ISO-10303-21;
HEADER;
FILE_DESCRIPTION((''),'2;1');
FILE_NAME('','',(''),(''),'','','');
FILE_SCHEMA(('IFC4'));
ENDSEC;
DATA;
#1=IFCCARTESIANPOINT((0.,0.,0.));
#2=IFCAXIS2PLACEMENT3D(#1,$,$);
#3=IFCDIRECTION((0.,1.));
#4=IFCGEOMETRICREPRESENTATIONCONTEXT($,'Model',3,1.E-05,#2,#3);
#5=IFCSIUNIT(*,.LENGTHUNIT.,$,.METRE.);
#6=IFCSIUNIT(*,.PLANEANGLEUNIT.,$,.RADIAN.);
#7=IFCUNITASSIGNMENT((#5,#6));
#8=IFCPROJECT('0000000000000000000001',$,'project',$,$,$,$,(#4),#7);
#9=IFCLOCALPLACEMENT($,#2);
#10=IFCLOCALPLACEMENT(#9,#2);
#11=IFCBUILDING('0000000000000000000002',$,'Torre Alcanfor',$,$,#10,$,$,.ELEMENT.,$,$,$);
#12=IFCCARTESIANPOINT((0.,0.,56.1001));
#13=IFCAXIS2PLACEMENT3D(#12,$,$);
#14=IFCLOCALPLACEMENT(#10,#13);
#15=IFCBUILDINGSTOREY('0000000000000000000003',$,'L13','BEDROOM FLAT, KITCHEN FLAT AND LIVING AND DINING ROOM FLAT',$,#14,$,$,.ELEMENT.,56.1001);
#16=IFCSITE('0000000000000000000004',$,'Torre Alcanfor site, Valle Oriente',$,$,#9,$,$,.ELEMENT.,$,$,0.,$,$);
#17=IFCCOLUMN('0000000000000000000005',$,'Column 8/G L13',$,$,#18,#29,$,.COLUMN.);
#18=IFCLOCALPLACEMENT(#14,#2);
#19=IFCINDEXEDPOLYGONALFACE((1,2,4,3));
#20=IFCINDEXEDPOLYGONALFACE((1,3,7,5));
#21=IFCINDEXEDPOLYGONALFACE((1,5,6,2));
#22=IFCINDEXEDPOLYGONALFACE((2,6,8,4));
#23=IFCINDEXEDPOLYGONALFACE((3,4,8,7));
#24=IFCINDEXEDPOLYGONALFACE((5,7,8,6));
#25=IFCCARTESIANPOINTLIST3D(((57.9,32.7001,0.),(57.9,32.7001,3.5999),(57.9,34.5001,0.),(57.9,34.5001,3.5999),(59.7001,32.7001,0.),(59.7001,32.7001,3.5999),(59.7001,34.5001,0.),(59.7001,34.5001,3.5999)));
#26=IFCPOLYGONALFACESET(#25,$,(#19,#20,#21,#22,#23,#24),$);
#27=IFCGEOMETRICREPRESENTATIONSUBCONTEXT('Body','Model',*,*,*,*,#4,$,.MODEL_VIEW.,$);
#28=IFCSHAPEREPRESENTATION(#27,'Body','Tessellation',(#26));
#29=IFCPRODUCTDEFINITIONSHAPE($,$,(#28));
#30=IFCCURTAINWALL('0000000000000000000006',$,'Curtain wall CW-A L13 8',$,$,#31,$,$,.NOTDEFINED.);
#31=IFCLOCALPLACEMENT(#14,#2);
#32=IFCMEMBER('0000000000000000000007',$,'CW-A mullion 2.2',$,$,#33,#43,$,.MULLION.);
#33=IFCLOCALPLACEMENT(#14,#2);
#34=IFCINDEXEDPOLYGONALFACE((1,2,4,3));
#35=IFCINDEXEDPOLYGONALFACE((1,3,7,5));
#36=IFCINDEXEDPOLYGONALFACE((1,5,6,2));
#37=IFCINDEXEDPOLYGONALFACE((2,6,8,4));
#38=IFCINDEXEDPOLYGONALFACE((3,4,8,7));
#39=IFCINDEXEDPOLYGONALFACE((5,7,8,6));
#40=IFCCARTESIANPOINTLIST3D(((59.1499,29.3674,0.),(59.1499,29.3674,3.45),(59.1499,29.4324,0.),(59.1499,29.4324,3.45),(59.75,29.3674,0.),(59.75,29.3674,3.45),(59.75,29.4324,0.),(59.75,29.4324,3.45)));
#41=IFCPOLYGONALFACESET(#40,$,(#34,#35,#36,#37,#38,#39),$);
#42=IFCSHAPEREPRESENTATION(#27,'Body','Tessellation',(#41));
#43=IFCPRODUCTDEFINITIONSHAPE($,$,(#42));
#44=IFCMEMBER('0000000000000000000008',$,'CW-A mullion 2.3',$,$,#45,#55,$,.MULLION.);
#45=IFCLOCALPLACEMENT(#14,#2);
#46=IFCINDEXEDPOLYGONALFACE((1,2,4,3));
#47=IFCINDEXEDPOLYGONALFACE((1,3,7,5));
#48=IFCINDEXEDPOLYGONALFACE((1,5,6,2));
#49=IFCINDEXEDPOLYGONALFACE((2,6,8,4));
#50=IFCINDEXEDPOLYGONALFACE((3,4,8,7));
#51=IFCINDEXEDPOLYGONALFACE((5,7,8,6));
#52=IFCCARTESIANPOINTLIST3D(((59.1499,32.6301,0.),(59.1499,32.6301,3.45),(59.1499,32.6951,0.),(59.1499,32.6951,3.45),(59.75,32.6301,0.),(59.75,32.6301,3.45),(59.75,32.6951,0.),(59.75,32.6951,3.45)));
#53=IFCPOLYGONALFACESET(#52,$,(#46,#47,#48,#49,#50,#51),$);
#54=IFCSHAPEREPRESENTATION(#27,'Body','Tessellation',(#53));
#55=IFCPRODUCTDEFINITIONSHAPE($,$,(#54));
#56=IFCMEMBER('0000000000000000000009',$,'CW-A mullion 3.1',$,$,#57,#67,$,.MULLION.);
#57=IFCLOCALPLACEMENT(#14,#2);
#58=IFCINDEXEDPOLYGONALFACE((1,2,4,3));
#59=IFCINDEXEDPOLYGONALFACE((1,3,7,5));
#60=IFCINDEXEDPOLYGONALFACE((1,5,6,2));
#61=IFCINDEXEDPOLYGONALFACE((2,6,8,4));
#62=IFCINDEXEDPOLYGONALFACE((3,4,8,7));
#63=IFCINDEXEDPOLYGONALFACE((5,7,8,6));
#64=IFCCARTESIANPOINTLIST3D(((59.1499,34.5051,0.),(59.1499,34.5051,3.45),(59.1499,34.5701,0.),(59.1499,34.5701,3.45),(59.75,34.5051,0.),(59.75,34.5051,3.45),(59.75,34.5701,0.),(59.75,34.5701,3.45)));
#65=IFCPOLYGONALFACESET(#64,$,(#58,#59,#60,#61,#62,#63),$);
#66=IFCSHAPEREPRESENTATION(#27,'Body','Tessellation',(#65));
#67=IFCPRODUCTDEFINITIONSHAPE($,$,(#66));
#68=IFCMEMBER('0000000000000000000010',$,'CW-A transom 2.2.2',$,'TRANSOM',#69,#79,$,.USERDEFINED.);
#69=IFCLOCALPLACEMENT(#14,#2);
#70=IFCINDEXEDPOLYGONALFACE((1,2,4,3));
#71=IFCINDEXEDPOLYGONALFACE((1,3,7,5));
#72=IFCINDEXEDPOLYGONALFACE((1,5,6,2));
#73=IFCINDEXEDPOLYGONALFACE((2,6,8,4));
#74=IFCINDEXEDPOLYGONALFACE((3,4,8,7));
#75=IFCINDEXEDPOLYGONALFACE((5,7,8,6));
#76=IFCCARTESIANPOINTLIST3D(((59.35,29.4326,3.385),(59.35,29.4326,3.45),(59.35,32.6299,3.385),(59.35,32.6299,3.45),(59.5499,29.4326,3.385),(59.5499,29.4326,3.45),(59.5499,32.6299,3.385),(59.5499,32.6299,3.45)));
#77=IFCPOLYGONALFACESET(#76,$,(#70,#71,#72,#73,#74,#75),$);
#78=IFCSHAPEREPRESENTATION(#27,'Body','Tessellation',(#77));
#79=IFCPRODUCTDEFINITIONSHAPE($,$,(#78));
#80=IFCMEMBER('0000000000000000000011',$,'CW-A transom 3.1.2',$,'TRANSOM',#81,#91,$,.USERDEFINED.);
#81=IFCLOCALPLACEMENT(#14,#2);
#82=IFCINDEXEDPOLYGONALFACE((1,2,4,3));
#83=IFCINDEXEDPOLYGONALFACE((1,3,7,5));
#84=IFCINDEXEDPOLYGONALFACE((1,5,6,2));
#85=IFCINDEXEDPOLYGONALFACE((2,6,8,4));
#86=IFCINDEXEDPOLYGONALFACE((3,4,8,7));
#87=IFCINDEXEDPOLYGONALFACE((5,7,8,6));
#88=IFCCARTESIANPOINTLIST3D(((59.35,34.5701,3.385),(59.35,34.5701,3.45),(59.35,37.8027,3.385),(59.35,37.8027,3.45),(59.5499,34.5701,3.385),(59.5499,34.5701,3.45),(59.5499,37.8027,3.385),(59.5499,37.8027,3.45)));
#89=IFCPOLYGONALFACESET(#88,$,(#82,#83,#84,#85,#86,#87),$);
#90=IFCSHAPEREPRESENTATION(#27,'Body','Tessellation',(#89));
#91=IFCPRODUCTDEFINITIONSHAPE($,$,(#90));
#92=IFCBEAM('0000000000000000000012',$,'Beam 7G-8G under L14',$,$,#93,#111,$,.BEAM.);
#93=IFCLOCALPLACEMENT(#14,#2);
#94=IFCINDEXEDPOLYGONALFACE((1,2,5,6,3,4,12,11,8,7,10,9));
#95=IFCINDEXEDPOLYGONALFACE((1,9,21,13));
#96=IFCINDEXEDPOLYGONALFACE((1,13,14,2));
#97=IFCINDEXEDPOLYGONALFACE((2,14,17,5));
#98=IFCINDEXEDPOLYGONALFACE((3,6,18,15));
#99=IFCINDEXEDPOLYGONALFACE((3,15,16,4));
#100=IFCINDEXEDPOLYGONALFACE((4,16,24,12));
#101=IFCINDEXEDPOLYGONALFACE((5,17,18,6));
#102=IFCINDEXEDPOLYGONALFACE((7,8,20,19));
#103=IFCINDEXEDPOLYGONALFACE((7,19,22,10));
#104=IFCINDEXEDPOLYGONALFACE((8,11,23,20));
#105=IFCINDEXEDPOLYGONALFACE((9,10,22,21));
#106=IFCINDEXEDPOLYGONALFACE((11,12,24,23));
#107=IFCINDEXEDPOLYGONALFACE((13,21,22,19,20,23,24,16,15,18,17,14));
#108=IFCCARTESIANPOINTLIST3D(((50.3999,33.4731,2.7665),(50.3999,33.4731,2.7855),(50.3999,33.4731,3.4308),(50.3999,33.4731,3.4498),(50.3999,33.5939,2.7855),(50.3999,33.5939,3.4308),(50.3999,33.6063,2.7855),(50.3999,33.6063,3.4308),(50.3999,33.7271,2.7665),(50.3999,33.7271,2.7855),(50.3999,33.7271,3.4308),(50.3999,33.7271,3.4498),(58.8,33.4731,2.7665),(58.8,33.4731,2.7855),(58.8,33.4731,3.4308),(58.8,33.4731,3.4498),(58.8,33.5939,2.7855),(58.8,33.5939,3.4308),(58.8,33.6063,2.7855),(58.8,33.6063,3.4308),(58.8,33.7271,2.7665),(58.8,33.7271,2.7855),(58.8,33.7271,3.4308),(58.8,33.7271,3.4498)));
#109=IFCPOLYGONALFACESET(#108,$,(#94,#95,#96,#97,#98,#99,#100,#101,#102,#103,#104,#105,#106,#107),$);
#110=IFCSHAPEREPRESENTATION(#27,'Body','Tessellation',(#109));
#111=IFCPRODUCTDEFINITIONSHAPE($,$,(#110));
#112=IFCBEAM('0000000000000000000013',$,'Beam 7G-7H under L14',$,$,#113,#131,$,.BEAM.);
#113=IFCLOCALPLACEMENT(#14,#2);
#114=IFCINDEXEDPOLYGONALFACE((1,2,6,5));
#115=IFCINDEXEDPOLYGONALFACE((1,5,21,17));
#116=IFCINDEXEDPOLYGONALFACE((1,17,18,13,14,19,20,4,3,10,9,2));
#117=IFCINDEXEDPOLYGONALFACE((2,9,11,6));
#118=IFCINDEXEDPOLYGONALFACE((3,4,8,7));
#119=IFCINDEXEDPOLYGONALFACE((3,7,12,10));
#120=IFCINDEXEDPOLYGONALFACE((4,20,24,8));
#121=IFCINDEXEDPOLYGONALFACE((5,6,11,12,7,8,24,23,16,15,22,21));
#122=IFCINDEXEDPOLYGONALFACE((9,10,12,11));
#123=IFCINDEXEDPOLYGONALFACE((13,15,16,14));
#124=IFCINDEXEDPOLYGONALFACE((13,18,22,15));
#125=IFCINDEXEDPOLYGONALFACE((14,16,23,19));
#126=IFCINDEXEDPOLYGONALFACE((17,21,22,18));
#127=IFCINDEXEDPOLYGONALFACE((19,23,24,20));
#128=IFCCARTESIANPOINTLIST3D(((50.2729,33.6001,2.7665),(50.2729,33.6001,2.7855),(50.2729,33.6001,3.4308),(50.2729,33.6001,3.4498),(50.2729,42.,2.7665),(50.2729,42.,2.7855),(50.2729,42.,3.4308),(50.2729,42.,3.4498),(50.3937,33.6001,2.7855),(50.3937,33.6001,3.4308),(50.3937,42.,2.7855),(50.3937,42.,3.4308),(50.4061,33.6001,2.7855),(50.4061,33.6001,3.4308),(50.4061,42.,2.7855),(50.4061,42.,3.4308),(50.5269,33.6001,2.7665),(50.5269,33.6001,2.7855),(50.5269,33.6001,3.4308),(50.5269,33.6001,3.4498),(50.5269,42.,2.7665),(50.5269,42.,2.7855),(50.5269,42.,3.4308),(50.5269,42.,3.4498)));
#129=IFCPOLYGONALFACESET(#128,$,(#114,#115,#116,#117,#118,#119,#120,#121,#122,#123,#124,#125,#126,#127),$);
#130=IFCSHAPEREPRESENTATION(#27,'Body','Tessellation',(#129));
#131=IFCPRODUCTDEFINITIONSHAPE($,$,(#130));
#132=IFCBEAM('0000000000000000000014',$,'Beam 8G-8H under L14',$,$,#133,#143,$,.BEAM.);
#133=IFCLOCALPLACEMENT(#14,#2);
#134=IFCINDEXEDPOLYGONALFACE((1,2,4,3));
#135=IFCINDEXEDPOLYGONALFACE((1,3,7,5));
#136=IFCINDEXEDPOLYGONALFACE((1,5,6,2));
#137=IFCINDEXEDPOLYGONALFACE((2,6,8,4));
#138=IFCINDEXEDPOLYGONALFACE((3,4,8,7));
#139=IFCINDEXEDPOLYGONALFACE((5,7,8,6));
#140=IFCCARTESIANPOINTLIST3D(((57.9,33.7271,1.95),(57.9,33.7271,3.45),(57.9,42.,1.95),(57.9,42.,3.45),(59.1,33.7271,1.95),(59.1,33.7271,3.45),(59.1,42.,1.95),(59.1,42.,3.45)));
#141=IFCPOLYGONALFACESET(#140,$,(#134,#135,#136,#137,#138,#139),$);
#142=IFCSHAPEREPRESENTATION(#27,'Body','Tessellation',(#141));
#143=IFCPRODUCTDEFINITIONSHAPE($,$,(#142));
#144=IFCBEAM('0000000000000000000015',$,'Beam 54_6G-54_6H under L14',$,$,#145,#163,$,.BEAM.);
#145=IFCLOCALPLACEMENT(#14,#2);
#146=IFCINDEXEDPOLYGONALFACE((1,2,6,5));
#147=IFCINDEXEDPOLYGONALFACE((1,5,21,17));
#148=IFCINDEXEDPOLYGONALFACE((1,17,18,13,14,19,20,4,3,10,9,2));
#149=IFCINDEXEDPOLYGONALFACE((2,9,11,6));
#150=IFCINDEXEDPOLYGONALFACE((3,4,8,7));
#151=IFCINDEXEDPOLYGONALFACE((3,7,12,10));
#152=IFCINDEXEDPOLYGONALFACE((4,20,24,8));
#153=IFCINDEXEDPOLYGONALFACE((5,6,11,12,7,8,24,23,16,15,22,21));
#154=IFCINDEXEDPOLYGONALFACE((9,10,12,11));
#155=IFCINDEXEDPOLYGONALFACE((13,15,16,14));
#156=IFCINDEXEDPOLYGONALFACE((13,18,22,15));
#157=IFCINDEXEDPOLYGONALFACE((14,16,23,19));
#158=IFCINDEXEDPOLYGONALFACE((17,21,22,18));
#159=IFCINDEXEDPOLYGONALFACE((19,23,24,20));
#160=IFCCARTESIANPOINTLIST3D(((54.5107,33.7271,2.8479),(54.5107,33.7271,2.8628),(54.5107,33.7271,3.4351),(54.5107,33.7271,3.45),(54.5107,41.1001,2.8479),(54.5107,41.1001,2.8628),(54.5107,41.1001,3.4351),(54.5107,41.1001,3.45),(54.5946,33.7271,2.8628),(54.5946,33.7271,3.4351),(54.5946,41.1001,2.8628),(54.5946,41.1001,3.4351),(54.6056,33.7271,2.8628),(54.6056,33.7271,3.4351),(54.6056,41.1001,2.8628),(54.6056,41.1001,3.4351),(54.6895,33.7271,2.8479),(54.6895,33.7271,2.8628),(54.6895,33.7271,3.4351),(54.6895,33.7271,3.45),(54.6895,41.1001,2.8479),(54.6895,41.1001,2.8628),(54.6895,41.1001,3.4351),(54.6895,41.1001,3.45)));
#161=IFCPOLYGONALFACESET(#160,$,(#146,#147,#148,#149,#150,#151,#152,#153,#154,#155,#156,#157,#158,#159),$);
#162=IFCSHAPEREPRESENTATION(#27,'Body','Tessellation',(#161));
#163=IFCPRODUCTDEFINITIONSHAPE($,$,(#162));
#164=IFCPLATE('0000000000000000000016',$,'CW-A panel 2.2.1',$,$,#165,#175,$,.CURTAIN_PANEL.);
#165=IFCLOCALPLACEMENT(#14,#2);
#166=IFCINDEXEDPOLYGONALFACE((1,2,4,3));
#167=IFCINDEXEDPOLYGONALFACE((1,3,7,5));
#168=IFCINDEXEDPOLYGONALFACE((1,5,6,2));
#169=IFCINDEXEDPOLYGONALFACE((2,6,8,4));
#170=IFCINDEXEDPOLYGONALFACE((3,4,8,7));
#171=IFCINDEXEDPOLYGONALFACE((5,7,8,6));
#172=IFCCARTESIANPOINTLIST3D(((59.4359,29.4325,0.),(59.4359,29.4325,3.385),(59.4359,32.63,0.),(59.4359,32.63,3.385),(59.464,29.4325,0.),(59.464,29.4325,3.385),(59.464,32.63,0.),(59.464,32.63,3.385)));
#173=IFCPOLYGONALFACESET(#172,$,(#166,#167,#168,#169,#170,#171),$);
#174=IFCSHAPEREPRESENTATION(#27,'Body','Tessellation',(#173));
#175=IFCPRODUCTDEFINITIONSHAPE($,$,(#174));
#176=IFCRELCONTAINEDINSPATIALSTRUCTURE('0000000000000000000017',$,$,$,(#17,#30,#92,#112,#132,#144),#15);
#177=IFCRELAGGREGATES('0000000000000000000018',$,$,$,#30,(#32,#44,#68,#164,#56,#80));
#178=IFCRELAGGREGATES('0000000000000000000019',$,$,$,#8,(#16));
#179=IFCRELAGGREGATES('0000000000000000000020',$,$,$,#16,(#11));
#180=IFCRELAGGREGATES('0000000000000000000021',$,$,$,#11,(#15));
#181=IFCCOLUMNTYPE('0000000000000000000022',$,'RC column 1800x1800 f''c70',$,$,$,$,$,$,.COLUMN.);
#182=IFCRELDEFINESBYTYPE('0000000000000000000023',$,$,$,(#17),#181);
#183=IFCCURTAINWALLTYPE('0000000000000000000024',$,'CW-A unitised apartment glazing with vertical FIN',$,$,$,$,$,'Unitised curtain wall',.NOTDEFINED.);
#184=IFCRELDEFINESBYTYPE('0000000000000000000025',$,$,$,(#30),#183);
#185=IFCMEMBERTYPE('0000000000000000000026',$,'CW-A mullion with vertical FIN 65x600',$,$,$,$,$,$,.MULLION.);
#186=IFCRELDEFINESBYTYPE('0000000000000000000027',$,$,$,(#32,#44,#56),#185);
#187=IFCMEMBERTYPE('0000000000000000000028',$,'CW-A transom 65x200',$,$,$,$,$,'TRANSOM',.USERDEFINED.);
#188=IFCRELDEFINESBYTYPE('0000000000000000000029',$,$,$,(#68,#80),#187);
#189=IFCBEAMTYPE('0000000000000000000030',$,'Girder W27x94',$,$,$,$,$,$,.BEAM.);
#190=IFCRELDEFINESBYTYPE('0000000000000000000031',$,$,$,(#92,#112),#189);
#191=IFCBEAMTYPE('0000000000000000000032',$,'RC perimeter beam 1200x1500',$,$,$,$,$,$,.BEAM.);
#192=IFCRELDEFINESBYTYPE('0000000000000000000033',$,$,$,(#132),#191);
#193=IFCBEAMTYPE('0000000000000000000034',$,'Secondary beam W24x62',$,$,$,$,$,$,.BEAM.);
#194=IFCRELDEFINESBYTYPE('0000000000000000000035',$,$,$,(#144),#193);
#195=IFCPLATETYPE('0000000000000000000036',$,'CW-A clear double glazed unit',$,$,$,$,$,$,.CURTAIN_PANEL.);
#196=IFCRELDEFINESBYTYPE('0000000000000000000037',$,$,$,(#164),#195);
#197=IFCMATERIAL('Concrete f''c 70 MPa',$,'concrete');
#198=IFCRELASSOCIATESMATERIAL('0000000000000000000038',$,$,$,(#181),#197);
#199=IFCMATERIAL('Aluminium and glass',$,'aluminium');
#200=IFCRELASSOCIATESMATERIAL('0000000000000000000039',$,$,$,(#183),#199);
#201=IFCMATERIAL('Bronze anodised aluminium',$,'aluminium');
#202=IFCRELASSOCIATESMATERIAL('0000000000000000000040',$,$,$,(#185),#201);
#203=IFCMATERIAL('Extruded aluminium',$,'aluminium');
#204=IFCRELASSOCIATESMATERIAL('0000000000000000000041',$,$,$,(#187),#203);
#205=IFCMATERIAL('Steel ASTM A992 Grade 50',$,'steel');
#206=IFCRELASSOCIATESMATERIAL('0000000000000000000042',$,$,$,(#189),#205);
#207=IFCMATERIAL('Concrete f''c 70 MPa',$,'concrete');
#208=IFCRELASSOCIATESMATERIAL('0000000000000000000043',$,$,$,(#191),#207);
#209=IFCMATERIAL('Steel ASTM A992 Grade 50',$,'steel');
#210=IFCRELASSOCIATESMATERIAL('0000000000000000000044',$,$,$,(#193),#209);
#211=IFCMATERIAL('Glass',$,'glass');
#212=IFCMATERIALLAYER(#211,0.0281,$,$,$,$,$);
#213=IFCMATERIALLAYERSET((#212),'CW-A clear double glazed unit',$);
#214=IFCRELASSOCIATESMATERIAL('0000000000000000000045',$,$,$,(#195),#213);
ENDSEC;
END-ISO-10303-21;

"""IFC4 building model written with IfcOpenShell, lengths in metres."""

from ifc_helpers import new_model, si_unit, direction, frame, origin, origin_2d, place, context, subcontext, project, spatial, rectangle, i_section, extrude, material, layer, layer_set, material_profile, profile_set, type_object, element, aggregate, save


model = new_model("IFC4")

# Units and contexts
model_context = context("Model", 3, precision=1e-05, world=origin(), true_north=direction((0.0, 1.0)))
body_context = subcontext(model_context, "Body", "Model", "MODEL_VIEW")
ifc_project = project(units=[si_unit("LENGTHUNIT", "METRE"), si_unit("PLANEANGLEUNIT", "RADIAN")], contexts=[model_context])

# Site, building, storey
site_placement = place(None, origin())
site = spatial("IfcSite", under=ifc_project, at=site_placement, Name="Torre Alcanfor site, Valle Oriente", CompositionType="ELEMENT", RefElevation=0.0)
building_placement = place(site_placement, origin())
building = spatial("IfcBuilding", under=site, at=building_placement, Name="Torre Alcanfor", CompositionType="ELEMENT")
storey_placement = place(building_placement, frame((0.0, 0.0, 56.1001)))
storey = spatial("IfcBuildingStorey", under=building, at=storey_placement, Name="L13", Description="BEDROOM FLAT, KITCHEN FLAT AND LIVING AND DINING ROOM FLAT", CompositionType="ELEMENT", Elevation=56.1001)

# Column
ifc_material_1 = material(Name="Concrete f'c 70 MPa", Category="concrete")
ifc_material_profile_1 = material_profile(ifc_material_1, rectangle(XDim=1.8, YDim=1.8, at=origin_2d()), Name="1800x1800")
ifc_profile_set_1 = profile_set([ifc_material_profile_1], Name="Concrete f'c 70 MPa")
column_type = type_object("IfcColumnType", Name="RC column 1800x1800 f'c70", PredefinedType="COLUMN", material=ifc_profile_set_1)
column_placement = place(storey_placement, frame((58.8, 33.6001, 0.0), z_axis=(0.0, 0.0, 1.0), x_axis=(1.0, 0.0, 0.0)))
element("IfcColumn", 1, at=column_placement, inside=storey, type_object=column_type, Name="Column 8/G L13", PredefinedType="COLUMN", context=body_context, shape_type="SweptSolid", body=[
    extrude(rectangle(XDim=1.8, YDim=1.8, at=origin_2d()), origin(), (0.0, 0.0, 1.0), 3.5999),
])

# Curtain wall, members
ifc_material_2 = material(Name="Aluminium and glass", Category="aluminium")
curtain_wall_type = type_object("IfcCurtainWallType", Name="CW-A unitised apartment glazing with vertical FIN", ElementType="Unitised curtain wall", PredefinedType="NOTDEFINED", material=ifc_material_2)
curtain_wall_placement = place(storey_placement, origin())
curtain_wall = element("IfcCurtainWall", 2, at=curtain_wall_placement, inside=storey, type_object=curtain_wall_type, Name="Curtain wall CW-A L13 8", PredefinedType="NOTDEFINED")
ifc_material_3 = material(Name="Bronze anodised aluminium", Category="aluminium")
ifc_material_profile_2 = material_profile(ifc_material_3, rectangle(XDim=0.6001, YDim=0.0649, at=origin_2d()), Name="CW-A mullion 65x600")
ifc_profile_set_2 = profile_set([ifc_material_profile_2], Name="Bronze anodised aluminium")
member_type_1 = type_object("IfcMemberType", Name="CW-A mullion with vertical FIN 65x600", PredefinedType="MULLION", material=ifc_profile_set_2)
member_1_placement = place(storey_placement, frame((59.45, 29.3999, 0.0), z_axis=(0.0, 0.0, 1.0), x_axis=(-1.0, 0.0, 0.0)))
member_1 = element("IfcMember", 3, at=member_1_placement, type_object=member_type_1, Name="CW-A mullion 2.2", PredefinedType="MULLION", context=body_context, shape_type="SweptSolid", body=[
    extrude(rectangle(XDim=0.6001, YDim=0.0649, at=origin_2d()), origin(), (0.0, 0.0, 1.0), 3.45),
])
member_2_placement = place(storey_placement, frame((59.45, 32.6626, 0.0), z_axis=(0.0, 0.0, 1.0), x_axis=(-1.0, 0.0, 0.0)))
member_2 = element("IfcMember", 4, at=member_2_placement, type_object=member_type_1, Name="CW-A mullion 2.3", PredefinedType="MULLION", context=body_context, shape_type="SweptSolid", body=[
    extrude(rectangle(XDim=0.6001, YDim=0.0649, at=origin_2d()), origin(), (0.0, 0.0, 1.0), 3.45),
])
member_3_placement = place(storey_placement, frame((59.45, 34.5376, 0.0), z_axis=(0.0, 0.0, 1.0), x_axis=(-1.0, 0.0, 0.0)))
member_3 = element("IfcMember", 5, at=member_3_placement, type_object=member_type_1, Name="CW-A mullion 3.1", PredefinedType="MULLION", context=body_context, shape_type="SweptSolid", body=[
    extrude(rectangle(XDim=0.6001, YDim=0.0649, at=origin_2d()), origin(), (0.0, 0.0, 1.0), 3.45),
])
ifc_material_4 = material(Name="Extruded aluminium", Category="aluminium")
ifc_material_profile_3 = material_profile(ifc_material_4, rectangle(XDim=0.2, YDim=0.0649, at=origin_2d()), Name="CW-A transom 200x65")
ifc_profile_set_3 = profile_set([ifc_material_profile_3], Name="Extruded aluminium")
member_type_2 = type_object("IfcMemberType", Name="CW-A transom 65x200", ElementType="TRANSOM", PredefinedType="USERDEFINED", material=ifc_profile_set_3)
member_4_placement = place(storey_placement, frame((59.45, 29.4326, 3.4175), z_axis=(0.0, 1.0, 0.0), x_axis=(-1.0, 0.0, 0.0)))
member_4 = element("IfcMember", 6, at=member_4_placement, type_object=member_type_2, Name="CW-A transom 2.2.2", ObjectType="TRANSOM", PredefinedType="USERDEFINED", context=body_context, shape_type="SweptSolid", body=[
    extrude(rectangle(XDim=0.2, YDim=0.0649, at=origin_2d()), origin(), (0.0, 0.0, 1.0), 3.1973),
])
member_5_placement = place(storey_placement, frame((59.45, 34.5701, 3.4175), z_axis=(0.0, 1.0, 0.0), x_axis=(-1.0, 0.0, 0.0)))
member_5 = element("IfcMember", 7, at=member_5_placement, type_object=member_type_2, Name="CW-A transom 3.1.2", ObjectType="TRANSOM", PredefinedType="USERDEFINED", context=body_context, shape_type="SweptSolid", body=[
    extrude(rectangle(XDim=0.2, YDim=0.0649, at=origin_2d()), origin(), (0.0, 0.0, 1.0), 3.2327),
])

# Beams
ifc_material_5 = material(Name="Steel ASTM A992 Grade 50", Category="steel")
ifc_material_profile_4 = material_profile(ifc_material_5, i_section(OverallWidth=0.2539, OverallDepth=0.6833, WebThickness=0.0125, FlangeThickness=0.019, at=origin_2d()), Name="W27x94")
ifc_profile_set_4 = profile_set([ifc_material_profile_4], Name="Steel ASTM A992 Grade 50")
beam_type_1 = type_object("IfcBeamType", Name="Girder W27x94", PredefinedType="BEAM", material=ifc_profile_set_4)
beam_1_placement = place(storey_placement, frame((50.3999, 33.6001, 3.1082), z_axis=(1.0, 0.0, 0.0), x_axis=(0.0, 1.0, 0.0)))
element("IfcBeam", 8, at=beam_1_placement, inside=storey, type_object=beam_type_1, Name="Beam 7G-8G under L14", PredefinedType="BEAM", context=body_context, shape_type="SweptSolid", body=[
    extrude(i_section(OverallWidth=0.2539, OverallDepth=0.6833, WebThickness=0.0125, FlangeThickness=0.019, at=origin_2d()), origin(), (0.0, 0.0, 1.0), 8.4001),
])
beam_2_placement = place(storey_placement, frame((50.3999, 33.6001, 3.1082), z_axis=(0.0, 1.0, 0.0), x_axis=(-1.0, 0.0, 0.0)))
element("IfcBeam", 9, at=beam_2_placement, inside=storey, type_object=beam_type_1, Name="Beam 7G-7H under L14", PredefinedType="BEAM", context=body_context, shape_type="SweptSolid", body=[
    extrude(i_section(OverallWidth=0.2539, OverallDepth=0.6833, WebThickness=0.0125, FlangeThickness=0.019, at=origin_2d()), origin(), (0.0, 0.0, 1.0), 8.3999),
])
ifc_material_6 = material(Name="Concrete f'c 70 MPa", Category="concrete")
ifc_material_profile_5 = material_profile(ifc_material_6, rectangle(XDim=1.2, YDim=1.5, at=origin_2d()), Name="1200x1500")
ifc_profile_set_5 = profile_set([ifc_material_profile_5], Name="Concrete f'c 70 MPa")
beam_type_2 = type_object("IfcBeamType", Name="RC perimeter beam 1200x1500", PredefinedType="BEAM", material=ifc_profile_set_5)
beam_3_placement = place(storey_placement, frame((58.5, 33.7271, 2.7), z_axis=(0.0, 1.0, 0.0), x_axis=(-1.0, 0.0, 0.0)))
element("IfcBeam", 10, at=beam_3_placement, inside=storey, type_object=beam_type_2, Name="Beam 8G-8H under L14", PredefinedType="BEAM", context=body_context, shape_type="SweptSolid", body=[
    extrude(rectangle(XDim=1.2, YDim=1.5, at=origin_2d()), origin(), (0.0, 0.0, 1.0), 8.2729),
])
ifc_material_7 = material(Name="Steel ASTM A992 Grade 50", Category="steel")
ifc_material_profile_6 = material_profile(ifc_material_7, i_section(OverallWidth=0.1787, OverallDepth=0.6021, WebThickness=0.011, FlangeThickness=0.0149, at=origin_2d()), Name="W24x62")
ifc_profile_set_6 = profile_set([ifc_material_profile_6], Name="Steel ASTM A992 Grade 50")
beam_type_3 = type_object("IfcBeamType", Name="Secondary beam W24x62", PredefinedType="BEAM", material=ifc_profile_set_6)
beam_4_placement = place(storey_placement, frame((54.6001, 33.7271, 3.1489), z_axis=(0.0, 1.0, 0.0), x_axis=(-1.0, 0.0, 0.0)))
element("IfcBeam", 11, at=beam_4_placement, inside=storey, type_object=beam_type_3, Name="Beam 54_6G-54_6H under L14", PredefinedType="BEAM", context=body_context, shape_type="SweptSolid", body=[
    extrude(i_section(OverallWidth=0.1787, OverallDepth=0.6021, WebThickness=0.011, FlangeThickness=0.0149, at=origin_2d()), origin(), (0.0, 0.0, 1.0), 7.373),
])

# Plate
ifc_material_8 = material(Name="Glass", Category="glass")
ifc_layer_1 = layer(ifc_material_8, 0.0281)
ifc_layer_set_1 = layer_set([ifc_layer_1], Name="CW-A clear double glazed unit")
plate_type = type_object("IfcPlateType", Name="CW-A clear double glazed unit", PredefinedType="CURTAIN_PANEL", material=ifc_layer_set_1)
plate_placement = place(storey_placement, frame((59.45, 31.0312, 0.0), z_axis=(0.0, 0.0, 1.0), x_axis=(0.0, 1.0, 0.0)))
plate = element("IfcPlate", 12, at=plate_placement, type_object=plate_type, Name="CW-A panel 2.2.1", PredefinedType="CURTAIN_PANEL", context=body_context, shape_type="SweptSolid", body=[
    extrude(rectangle(XDim=3.1975, YDim=0.0281, at=origin_2d()), origin(), (0.0, 0.0, 1.0), 3.385),
])
aggregate(curtain_wall, [member_1, member_2, member_4, plate, member_3, member_5])

save(model, "model.ifc")
